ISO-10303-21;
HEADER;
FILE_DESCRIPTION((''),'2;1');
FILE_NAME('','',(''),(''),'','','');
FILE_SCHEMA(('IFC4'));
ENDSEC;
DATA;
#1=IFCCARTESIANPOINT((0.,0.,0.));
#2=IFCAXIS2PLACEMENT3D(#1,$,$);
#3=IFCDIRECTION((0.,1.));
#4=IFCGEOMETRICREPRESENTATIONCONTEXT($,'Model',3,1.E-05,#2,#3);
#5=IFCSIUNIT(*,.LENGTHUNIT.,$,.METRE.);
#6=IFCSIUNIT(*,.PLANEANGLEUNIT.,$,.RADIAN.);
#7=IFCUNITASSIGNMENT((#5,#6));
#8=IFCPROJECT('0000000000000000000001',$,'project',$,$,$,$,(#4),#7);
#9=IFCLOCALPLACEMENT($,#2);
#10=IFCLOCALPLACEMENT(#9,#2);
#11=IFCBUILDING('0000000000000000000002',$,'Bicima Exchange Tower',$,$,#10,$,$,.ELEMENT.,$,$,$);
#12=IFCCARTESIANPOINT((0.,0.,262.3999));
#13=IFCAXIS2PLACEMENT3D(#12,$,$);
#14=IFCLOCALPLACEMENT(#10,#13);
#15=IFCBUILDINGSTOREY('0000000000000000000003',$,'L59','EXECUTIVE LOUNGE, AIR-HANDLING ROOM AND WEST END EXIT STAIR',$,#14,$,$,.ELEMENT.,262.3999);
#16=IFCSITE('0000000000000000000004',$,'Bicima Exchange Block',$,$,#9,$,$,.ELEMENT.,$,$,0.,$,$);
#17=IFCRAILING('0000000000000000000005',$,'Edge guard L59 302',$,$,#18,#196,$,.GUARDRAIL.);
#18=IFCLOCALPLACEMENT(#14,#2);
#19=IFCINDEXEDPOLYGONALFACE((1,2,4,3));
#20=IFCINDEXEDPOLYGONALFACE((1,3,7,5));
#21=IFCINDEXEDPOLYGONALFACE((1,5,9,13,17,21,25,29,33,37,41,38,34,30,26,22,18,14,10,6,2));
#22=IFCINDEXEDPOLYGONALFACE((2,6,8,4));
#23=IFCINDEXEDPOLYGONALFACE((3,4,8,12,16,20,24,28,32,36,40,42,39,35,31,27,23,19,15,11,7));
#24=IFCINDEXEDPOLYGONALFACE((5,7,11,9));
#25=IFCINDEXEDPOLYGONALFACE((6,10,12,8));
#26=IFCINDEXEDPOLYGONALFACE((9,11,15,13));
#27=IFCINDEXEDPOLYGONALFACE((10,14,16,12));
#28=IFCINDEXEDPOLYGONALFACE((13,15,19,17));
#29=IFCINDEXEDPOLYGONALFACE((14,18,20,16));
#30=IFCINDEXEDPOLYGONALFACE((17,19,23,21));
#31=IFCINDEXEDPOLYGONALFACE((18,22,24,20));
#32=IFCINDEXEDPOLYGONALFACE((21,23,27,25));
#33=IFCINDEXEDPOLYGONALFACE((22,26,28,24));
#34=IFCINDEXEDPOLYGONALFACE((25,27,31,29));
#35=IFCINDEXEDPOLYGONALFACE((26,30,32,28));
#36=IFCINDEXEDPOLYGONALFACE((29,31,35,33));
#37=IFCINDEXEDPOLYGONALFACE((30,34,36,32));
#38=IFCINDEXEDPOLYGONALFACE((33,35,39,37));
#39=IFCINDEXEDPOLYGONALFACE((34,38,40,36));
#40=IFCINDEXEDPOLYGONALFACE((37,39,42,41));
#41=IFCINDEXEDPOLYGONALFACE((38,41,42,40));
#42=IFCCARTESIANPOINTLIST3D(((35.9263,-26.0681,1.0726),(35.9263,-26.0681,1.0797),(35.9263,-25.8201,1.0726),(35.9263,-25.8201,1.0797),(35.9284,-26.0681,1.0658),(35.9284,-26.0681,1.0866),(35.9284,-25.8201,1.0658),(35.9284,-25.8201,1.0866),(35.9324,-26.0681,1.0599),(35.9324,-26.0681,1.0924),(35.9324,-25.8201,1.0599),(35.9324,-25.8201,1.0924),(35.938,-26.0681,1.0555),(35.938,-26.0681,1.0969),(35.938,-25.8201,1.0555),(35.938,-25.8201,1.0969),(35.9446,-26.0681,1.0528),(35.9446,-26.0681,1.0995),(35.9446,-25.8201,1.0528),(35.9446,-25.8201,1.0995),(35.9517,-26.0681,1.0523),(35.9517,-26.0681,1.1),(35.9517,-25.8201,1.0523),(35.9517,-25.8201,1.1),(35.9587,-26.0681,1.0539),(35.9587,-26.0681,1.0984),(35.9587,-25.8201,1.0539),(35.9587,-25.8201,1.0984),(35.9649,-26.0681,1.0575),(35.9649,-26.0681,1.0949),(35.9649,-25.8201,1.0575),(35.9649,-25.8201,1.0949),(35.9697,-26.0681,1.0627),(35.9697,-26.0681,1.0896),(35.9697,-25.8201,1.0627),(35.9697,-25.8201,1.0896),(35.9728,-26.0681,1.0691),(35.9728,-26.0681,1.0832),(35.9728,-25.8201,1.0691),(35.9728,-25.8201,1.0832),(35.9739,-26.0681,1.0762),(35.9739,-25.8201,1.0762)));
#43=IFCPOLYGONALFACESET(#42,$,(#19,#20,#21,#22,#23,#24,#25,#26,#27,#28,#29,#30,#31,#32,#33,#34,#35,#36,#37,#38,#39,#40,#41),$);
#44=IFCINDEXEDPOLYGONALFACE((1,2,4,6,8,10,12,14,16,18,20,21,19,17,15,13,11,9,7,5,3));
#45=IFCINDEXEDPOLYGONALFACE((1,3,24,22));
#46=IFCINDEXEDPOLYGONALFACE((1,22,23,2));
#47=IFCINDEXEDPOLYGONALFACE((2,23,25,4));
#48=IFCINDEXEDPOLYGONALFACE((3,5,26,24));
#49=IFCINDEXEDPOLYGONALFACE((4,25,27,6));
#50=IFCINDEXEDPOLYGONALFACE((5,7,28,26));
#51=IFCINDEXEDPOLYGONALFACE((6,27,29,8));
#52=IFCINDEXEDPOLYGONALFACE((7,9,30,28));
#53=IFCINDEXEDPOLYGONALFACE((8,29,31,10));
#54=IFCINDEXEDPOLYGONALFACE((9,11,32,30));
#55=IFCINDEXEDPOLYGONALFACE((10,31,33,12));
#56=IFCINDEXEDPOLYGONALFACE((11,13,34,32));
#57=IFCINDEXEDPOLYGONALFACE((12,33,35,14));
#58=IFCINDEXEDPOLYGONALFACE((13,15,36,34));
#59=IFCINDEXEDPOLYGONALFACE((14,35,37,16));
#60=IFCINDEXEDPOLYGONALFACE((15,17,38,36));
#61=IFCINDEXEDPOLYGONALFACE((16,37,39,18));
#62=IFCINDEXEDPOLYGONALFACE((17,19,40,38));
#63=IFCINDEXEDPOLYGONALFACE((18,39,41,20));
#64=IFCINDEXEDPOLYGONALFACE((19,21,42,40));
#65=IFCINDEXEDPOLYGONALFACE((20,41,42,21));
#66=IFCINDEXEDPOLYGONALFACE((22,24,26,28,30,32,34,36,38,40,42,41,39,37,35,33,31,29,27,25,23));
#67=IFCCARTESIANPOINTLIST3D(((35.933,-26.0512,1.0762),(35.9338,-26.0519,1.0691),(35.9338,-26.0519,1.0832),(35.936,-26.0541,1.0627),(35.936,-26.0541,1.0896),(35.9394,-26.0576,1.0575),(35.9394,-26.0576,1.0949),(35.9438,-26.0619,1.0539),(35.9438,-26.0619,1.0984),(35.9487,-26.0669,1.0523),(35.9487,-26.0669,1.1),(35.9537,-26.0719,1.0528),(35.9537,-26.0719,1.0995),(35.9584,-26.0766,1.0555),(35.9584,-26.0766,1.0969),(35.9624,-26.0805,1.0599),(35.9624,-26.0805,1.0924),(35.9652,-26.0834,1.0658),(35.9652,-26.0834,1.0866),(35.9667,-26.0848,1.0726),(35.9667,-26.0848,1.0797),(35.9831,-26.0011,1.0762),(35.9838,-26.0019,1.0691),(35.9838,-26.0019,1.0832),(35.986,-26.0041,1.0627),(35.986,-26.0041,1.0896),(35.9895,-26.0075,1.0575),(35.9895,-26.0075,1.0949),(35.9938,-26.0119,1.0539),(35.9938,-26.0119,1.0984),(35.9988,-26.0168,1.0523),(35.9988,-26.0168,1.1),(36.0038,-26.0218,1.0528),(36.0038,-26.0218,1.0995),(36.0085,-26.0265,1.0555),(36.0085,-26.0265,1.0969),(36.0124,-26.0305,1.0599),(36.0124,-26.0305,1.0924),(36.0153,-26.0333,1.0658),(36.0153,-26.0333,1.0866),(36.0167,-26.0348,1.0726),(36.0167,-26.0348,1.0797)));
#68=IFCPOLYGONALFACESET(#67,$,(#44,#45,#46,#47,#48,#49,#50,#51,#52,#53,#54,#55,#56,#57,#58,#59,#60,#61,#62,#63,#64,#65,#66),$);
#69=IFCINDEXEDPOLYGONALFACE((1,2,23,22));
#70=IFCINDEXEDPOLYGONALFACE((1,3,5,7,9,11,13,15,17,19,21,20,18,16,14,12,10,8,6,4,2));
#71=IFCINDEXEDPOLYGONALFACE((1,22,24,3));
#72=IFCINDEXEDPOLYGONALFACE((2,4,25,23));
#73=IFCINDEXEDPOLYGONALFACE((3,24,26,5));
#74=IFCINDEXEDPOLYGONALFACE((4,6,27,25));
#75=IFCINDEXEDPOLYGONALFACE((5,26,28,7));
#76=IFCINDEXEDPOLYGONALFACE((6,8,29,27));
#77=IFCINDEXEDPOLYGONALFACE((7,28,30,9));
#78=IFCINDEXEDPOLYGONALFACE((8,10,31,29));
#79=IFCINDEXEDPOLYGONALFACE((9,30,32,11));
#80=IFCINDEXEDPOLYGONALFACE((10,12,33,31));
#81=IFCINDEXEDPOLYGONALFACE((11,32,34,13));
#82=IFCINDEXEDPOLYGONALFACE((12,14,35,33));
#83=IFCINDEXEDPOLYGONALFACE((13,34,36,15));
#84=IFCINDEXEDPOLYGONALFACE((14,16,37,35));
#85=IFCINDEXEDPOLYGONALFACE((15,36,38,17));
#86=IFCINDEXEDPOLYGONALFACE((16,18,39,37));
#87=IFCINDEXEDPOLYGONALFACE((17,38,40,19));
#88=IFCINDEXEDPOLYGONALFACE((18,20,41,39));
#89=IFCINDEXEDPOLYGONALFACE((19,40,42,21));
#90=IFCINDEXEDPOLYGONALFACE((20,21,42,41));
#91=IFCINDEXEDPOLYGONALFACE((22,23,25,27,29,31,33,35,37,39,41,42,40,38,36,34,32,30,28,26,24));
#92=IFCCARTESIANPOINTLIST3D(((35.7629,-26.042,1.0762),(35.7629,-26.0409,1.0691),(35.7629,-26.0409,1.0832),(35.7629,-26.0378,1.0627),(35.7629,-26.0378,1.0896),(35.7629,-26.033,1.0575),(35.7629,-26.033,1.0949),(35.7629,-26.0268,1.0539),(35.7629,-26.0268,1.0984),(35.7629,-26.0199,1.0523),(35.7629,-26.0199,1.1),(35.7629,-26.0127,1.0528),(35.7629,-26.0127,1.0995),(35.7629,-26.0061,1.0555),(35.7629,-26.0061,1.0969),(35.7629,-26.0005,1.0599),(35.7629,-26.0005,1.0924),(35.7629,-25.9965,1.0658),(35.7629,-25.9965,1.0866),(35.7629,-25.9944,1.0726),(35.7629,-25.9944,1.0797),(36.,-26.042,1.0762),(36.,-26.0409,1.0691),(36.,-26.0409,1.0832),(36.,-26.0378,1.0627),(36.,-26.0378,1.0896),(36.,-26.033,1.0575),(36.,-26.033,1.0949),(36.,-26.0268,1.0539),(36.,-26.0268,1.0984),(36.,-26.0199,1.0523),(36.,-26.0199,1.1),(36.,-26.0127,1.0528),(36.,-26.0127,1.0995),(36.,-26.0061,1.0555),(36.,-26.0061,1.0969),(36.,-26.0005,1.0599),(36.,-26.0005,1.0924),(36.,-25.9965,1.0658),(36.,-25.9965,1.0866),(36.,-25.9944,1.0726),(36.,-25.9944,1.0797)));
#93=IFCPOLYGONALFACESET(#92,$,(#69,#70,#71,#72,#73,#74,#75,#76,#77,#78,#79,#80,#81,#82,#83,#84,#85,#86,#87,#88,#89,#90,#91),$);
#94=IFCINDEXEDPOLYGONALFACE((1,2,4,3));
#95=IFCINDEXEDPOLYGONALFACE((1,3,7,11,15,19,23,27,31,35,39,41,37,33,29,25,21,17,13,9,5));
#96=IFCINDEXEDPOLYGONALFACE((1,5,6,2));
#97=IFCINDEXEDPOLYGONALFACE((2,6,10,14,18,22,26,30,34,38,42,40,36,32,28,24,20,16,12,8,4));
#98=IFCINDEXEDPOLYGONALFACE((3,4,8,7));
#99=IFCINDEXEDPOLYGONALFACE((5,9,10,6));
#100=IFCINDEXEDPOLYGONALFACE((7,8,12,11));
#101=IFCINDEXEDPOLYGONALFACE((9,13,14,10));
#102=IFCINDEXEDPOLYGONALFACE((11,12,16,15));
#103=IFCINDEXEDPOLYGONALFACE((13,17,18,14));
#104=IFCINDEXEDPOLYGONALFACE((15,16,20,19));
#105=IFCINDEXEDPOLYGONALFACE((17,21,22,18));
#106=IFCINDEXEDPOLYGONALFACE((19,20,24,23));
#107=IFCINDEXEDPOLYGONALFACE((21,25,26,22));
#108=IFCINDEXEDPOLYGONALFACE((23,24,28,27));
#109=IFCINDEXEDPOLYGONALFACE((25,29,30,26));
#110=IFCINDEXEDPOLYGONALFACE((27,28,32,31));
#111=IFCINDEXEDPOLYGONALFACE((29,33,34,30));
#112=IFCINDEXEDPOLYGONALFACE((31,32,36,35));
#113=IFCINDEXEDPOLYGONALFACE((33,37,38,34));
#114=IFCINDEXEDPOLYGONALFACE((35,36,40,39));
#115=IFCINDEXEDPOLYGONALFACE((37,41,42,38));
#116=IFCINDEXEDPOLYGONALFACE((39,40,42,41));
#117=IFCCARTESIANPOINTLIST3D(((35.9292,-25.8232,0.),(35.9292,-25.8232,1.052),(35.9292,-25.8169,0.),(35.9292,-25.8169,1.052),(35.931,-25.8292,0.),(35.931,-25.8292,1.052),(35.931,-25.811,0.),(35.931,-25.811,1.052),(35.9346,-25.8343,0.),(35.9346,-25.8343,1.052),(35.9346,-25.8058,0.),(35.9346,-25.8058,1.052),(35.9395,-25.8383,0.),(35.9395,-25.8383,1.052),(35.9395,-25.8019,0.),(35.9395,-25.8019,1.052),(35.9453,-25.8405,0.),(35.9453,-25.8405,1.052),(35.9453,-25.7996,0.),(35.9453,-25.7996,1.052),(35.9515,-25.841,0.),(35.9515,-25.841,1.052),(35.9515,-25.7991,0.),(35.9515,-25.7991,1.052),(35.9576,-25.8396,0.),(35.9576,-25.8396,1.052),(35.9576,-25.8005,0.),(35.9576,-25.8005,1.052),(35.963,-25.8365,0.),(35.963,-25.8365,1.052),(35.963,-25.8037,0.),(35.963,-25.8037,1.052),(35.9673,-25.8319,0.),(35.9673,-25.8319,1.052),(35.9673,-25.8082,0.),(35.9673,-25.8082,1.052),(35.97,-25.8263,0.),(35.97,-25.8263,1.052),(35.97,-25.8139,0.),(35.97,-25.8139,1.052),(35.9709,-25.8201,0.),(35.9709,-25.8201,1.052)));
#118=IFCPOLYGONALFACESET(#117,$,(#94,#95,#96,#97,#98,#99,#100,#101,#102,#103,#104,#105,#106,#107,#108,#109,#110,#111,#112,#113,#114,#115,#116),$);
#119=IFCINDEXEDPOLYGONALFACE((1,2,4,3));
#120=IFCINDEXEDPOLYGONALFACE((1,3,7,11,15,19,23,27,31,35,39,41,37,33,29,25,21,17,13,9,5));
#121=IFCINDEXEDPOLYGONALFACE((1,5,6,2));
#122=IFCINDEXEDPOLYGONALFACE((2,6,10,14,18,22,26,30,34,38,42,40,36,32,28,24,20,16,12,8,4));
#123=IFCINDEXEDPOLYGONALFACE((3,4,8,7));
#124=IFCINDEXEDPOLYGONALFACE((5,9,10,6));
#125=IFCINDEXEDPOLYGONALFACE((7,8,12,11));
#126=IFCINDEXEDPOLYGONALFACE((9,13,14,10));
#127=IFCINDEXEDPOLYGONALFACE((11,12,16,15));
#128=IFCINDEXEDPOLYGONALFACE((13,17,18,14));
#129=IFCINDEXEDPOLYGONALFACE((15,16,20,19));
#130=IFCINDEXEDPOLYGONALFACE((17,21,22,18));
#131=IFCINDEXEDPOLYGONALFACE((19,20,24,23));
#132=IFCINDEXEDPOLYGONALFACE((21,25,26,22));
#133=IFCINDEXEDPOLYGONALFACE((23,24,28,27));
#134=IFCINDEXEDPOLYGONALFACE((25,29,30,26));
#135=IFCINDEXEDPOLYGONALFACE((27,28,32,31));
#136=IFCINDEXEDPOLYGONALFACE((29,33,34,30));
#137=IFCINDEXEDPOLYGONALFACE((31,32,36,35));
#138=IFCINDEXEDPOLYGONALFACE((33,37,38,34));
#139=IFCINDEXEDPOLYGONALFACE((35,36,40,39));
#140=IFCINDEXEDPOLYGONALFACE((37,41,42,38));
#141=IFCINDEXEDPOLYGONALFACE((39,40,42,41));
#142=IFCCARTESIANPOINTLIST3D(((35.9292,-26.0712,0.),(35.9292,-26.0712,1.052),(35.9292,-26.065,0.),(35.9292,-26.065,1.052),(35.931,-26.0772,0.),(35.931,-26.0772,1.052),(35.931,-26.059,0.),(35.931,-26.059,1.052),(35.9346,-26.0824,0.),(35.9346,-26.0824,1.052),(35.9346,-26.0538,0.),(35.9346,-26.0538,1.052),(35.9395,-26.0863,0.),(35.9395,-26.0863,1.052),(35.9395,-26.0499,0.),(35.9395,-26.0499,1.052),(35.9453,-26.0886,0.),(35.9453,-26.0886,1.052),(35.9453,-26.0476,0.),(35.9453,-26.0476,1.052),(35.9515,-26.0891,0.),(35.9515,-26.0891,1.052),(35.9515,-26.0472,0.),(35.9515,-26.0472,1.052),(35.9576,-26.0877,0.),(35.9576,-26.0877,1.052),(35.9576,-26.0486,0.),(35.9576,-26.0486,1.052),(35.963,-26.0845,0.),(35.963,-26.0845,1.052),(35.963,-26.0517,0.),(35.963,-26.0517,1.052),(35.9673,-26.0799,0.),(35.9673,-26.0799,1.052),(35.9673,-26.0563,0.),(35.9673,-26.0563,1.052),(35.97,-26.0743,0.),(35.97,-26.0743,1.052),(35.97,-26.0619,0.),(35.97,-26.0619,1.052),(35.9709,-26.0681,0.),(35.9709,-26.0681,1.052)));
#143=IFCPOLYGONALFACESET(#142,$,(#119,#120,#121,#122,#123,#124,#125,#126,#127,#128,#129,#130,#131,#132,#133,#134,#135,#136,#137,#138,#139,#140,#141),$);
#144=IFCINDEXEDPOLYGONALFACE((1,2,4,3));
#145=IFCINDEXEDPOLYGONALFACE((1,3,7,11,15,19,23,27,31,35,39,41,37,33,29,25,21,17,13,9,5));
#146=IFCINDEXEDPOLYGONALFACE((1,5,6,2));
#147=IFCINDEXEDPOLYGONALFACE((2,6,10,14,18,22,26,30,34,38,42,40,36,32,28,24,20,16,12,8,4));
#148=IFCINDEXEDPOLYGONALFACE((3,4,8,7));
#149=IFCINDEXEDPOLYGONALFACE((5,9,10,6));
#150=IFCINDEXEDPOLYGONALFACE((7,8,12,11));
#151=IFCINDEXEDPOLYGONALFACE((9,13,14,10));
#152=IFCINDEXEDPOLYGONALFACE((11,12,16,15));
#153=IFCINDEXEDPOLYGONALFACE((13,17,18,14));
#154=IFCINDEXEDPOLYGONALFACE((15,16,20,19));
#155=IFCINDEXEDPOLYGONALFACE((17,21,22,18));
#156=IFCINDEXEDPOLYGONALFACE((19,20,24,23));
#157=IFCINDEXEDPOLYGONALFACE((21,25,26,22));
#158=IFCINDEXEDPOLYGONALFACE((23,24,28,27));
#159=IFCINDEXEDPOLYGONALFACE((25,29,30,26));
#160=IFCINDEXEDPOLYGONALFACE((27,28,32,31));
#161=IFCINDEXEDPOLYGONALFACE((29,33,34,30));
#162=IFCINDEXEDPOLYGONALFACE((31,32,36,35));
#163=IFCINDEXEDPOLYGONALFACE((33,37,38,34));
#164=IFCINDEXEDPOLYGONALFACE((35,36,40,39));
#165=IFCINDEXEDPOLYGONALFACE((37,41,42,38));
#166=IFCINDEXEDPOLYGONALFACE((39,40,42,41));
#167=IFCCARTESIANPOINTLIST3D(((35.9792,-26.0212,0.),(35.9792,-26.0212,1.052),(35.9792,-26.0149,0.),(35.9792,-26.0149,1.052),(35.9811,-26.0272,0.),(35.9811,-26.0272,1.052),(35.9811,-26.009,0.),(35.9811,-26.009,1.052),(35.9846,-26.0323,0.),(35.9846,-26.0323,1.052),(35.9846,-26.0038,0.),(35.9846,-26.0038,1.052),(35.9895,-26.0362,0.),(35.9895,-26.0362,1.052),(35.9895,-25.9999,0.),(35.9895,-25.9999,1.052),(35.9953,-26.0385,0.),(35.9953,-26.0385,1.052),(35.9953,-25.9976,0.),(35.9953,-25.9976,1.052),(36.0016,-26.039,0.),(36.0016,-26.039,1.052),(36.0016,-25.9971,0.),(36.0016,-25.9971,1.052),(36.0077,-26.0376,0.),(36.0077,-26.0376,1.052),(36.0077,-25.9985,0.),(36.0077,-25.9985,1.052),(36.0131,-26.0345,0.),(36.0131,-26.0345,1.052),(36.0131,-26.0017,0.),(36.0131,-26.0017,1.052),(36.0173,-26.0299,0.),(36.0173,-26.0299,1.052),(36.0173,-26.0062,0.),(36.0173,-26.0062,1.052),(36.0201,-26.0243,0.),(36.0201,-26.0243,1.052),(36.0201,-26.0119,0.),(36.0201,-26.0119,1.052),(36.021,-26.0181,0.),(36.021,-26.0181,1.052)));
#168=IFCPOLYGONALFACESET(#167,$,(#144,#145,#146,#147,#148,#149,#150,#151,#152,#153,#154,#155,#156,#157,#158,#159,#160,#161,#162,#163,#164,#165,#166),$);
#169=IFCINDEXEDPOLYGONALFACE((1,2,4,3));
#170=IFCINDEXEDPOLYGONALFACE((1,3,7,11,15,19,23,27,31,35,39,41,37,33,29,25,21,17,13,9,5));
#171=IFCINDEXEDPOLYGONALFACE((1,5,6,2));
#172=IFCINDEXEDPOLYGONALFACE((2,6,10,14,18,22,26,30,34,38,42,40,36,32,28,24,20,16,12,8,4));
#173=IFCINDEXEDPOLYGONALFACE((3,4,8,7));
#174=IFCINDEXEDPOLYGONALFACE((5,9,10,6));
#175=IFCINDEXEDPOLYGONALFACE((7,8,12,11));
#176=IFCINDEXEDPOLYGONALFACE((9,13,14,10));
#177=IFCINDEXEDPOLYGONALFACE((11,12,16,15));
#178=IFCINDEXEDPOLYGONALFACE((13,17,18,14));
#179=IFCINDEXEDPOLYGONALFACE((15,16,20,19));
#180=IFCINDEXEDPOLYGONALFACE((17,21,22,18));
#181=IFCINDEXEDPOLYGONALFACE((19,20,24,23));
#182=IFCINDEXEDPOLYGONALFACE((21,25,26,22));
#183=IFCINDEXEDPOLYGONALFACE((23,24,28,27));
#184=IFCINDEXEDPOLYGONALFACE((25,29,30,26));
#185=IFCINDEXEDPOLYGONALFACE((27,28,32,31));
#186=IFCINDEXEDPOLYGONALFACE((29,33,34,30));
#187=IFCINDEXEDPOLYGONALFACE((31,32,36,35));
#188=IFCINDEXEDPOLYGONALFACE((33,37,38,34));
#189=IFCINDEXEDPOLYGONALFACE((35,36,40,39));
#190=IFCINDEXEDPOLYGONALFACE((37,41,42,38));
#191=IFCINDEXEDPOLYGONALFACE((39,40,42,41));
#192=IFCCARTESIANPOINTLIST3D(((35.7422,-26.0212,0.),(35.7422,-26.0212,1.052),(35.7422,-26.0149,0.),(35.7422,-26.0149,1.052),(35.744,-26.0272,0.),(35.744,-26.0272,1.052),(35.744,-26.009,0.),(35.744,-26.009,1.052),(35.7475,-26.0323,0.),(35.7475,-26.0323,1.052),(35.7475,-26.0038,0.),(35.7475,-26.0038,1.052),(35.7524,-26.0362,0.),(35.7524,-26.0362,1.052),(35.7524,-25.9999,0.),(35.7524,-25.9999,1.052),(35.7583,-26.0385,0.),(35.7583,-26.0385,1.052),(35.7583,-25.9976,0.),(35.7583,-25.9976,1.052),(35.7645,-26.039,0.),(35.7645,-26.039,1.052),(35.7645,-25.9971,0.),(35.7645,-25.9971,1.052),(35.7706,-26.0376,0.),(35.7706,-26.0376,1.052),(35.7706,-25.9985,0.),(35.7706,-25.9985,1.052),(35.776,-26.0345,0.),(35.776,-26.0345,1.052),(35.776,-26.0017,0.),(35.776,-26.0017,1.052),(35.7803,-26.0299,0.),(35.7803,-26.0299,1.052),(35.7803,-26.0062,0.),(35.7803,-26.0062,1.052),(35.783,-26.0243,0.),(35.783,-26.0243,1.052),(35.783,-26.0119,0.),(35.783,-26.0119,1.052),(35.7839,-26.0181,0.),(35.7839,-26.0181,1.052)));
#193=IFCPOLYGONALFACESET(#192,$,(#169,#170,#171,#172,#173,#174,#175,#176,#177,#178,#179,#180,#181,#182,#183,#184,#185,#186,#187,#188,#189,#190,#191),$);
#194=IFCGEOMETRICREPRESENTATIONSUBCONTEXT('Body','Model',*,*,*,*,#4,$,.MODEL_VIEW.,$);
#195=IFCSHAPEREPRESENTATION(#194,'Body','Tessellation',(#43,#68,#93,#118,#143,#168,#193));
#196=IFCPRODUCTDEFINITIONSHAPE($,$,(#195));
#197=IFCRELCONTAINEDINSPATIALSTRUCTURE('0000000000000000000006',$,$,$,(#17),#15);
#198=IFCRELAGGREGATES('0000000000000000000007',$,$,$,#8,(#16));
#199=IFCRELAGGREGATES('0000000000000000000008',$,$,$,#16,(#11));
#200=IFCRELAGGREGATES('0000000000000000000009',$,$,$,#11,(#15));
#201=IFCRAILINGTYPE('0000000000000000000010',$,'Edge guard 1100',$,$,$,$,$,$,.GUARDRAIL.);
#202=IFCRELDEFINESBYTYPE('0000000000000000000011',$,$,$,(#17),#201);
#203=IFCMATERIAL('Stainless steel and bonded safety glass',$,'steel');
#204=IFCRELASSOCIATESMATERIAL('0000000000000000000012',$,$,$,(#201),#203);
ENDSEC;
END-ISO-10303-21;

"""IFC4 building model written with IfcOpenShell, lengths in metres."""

from ifc_helpers import new_model, si_unit, direction, frame, origin, origin_2d, place, context, subcontext, project, spatial, circle, extrude, material, type_object, element, save


model = new_model("IFC4")

# Units and contexts
model_context = context("Model", 3, precision=1e-05, world=origin(), true_north=direction((0.0, 1.0)))
body_context = subcontext(model_context, "Body", "Model", "MODEL_VIEW")
ifc_project = project(units=[si_unit("LENGTHUNIT", "METRE"), si_unit("PLANEANGLEUNIT", "RADIAN")], contexts=[model_context])

# Site, building, storey
site_placement = place(None, origin())
site = spatial("IfcSite", under=ifc_project, at=site_placement, Name="Bicima Exchange Block", CompositionType="ELEMENT", RefElevation=0.0)
building_placement = place(site_placement, origin())
building = spatial("IfcBuilding", under=site, at=building_placement, Name="Bicima Exchange Tower", CompositionType="ELEMENT")
storey_placement = place(building_placement, frame((0.0, 0.0, 262.3999)))
storey = spatial("IfcBuildingStorey", under=building, at=storey_placement, Name="L59", Description="EXECUTIVE LOUNGE, AIR-HANDLING ROOM AND WEST END EXIT STAIR", CompositionType="ELEMENT", Elevation=262.3999)

# Railing
ifc_material_1 = material(Name="Stainless steel and bonded safety glass", Category="steel")
railing_type = type_object("IfcRailingType", Name="Edge guard 1100", PredefinedType="GUARDRAIL", material=ifc_material_1)
railing_1_placement = place(storey_placement, frame((35.95, -25.8201, 0.0)))
element("IfcRailing", 1, at=railing_1_placement, inside=storey, type_object=railing_type, Name="Edge guard L59 302", PredefinedType="GUARDRAIL", context=body_context, shape_type="SweptSolid", body=[
    extrude(circle(Radius=0.0239, at=origin_2d()), frame((0.0, 0.0, 1.0762), z_axis=(0.0, -1.0, 0.0), x_axis=(1.0, 0.0, 0.0)), (0.0, 0.0, 1.0), 0.248),
    extrude(circle(Radius=0.0239, at=origin_2d()), frame((0.0, -0.248, 1.0762), z_axis=(0.707107, 0.707107, 0.0), x_axis=(-0.707107, 0.707107, 0.0)), (0.0, 0.0, 1.0), 0.0708),
    extrude(circle(Radius=0.0239, at=origin_2d()), frame((0.05, -0.198, 1.0762), z_axis=(-1.0, 0.0, 0.0), x_axis=(0.0, -1.0, 0.0)), (0.0, 0.0, 1.0), 0.2371),
    extrude(circle(Radius=0.021, at=origin_2d()), origin(), (0.0, 0.0, 1.0), 1.052),
    extrude(circle(Radius=0.021, at=origin_2d()), frame((0.0, -0.248, 0.0)), (0.0, 0.0, 1.0), 1.052),
    extrude(circle(Radius=0.021, at=origin_2d()), frame((0.05, -0.198, 0.0)), (0.0, 0.0, 1.0), 1.052),
    extrude(circle(Radius=0.021, at=origin_2d()), frame((-0.187, -0.198, 0.0)), (0.0, 0.0, 1.0), 1.052),
])

save(model, "model.ifc")
